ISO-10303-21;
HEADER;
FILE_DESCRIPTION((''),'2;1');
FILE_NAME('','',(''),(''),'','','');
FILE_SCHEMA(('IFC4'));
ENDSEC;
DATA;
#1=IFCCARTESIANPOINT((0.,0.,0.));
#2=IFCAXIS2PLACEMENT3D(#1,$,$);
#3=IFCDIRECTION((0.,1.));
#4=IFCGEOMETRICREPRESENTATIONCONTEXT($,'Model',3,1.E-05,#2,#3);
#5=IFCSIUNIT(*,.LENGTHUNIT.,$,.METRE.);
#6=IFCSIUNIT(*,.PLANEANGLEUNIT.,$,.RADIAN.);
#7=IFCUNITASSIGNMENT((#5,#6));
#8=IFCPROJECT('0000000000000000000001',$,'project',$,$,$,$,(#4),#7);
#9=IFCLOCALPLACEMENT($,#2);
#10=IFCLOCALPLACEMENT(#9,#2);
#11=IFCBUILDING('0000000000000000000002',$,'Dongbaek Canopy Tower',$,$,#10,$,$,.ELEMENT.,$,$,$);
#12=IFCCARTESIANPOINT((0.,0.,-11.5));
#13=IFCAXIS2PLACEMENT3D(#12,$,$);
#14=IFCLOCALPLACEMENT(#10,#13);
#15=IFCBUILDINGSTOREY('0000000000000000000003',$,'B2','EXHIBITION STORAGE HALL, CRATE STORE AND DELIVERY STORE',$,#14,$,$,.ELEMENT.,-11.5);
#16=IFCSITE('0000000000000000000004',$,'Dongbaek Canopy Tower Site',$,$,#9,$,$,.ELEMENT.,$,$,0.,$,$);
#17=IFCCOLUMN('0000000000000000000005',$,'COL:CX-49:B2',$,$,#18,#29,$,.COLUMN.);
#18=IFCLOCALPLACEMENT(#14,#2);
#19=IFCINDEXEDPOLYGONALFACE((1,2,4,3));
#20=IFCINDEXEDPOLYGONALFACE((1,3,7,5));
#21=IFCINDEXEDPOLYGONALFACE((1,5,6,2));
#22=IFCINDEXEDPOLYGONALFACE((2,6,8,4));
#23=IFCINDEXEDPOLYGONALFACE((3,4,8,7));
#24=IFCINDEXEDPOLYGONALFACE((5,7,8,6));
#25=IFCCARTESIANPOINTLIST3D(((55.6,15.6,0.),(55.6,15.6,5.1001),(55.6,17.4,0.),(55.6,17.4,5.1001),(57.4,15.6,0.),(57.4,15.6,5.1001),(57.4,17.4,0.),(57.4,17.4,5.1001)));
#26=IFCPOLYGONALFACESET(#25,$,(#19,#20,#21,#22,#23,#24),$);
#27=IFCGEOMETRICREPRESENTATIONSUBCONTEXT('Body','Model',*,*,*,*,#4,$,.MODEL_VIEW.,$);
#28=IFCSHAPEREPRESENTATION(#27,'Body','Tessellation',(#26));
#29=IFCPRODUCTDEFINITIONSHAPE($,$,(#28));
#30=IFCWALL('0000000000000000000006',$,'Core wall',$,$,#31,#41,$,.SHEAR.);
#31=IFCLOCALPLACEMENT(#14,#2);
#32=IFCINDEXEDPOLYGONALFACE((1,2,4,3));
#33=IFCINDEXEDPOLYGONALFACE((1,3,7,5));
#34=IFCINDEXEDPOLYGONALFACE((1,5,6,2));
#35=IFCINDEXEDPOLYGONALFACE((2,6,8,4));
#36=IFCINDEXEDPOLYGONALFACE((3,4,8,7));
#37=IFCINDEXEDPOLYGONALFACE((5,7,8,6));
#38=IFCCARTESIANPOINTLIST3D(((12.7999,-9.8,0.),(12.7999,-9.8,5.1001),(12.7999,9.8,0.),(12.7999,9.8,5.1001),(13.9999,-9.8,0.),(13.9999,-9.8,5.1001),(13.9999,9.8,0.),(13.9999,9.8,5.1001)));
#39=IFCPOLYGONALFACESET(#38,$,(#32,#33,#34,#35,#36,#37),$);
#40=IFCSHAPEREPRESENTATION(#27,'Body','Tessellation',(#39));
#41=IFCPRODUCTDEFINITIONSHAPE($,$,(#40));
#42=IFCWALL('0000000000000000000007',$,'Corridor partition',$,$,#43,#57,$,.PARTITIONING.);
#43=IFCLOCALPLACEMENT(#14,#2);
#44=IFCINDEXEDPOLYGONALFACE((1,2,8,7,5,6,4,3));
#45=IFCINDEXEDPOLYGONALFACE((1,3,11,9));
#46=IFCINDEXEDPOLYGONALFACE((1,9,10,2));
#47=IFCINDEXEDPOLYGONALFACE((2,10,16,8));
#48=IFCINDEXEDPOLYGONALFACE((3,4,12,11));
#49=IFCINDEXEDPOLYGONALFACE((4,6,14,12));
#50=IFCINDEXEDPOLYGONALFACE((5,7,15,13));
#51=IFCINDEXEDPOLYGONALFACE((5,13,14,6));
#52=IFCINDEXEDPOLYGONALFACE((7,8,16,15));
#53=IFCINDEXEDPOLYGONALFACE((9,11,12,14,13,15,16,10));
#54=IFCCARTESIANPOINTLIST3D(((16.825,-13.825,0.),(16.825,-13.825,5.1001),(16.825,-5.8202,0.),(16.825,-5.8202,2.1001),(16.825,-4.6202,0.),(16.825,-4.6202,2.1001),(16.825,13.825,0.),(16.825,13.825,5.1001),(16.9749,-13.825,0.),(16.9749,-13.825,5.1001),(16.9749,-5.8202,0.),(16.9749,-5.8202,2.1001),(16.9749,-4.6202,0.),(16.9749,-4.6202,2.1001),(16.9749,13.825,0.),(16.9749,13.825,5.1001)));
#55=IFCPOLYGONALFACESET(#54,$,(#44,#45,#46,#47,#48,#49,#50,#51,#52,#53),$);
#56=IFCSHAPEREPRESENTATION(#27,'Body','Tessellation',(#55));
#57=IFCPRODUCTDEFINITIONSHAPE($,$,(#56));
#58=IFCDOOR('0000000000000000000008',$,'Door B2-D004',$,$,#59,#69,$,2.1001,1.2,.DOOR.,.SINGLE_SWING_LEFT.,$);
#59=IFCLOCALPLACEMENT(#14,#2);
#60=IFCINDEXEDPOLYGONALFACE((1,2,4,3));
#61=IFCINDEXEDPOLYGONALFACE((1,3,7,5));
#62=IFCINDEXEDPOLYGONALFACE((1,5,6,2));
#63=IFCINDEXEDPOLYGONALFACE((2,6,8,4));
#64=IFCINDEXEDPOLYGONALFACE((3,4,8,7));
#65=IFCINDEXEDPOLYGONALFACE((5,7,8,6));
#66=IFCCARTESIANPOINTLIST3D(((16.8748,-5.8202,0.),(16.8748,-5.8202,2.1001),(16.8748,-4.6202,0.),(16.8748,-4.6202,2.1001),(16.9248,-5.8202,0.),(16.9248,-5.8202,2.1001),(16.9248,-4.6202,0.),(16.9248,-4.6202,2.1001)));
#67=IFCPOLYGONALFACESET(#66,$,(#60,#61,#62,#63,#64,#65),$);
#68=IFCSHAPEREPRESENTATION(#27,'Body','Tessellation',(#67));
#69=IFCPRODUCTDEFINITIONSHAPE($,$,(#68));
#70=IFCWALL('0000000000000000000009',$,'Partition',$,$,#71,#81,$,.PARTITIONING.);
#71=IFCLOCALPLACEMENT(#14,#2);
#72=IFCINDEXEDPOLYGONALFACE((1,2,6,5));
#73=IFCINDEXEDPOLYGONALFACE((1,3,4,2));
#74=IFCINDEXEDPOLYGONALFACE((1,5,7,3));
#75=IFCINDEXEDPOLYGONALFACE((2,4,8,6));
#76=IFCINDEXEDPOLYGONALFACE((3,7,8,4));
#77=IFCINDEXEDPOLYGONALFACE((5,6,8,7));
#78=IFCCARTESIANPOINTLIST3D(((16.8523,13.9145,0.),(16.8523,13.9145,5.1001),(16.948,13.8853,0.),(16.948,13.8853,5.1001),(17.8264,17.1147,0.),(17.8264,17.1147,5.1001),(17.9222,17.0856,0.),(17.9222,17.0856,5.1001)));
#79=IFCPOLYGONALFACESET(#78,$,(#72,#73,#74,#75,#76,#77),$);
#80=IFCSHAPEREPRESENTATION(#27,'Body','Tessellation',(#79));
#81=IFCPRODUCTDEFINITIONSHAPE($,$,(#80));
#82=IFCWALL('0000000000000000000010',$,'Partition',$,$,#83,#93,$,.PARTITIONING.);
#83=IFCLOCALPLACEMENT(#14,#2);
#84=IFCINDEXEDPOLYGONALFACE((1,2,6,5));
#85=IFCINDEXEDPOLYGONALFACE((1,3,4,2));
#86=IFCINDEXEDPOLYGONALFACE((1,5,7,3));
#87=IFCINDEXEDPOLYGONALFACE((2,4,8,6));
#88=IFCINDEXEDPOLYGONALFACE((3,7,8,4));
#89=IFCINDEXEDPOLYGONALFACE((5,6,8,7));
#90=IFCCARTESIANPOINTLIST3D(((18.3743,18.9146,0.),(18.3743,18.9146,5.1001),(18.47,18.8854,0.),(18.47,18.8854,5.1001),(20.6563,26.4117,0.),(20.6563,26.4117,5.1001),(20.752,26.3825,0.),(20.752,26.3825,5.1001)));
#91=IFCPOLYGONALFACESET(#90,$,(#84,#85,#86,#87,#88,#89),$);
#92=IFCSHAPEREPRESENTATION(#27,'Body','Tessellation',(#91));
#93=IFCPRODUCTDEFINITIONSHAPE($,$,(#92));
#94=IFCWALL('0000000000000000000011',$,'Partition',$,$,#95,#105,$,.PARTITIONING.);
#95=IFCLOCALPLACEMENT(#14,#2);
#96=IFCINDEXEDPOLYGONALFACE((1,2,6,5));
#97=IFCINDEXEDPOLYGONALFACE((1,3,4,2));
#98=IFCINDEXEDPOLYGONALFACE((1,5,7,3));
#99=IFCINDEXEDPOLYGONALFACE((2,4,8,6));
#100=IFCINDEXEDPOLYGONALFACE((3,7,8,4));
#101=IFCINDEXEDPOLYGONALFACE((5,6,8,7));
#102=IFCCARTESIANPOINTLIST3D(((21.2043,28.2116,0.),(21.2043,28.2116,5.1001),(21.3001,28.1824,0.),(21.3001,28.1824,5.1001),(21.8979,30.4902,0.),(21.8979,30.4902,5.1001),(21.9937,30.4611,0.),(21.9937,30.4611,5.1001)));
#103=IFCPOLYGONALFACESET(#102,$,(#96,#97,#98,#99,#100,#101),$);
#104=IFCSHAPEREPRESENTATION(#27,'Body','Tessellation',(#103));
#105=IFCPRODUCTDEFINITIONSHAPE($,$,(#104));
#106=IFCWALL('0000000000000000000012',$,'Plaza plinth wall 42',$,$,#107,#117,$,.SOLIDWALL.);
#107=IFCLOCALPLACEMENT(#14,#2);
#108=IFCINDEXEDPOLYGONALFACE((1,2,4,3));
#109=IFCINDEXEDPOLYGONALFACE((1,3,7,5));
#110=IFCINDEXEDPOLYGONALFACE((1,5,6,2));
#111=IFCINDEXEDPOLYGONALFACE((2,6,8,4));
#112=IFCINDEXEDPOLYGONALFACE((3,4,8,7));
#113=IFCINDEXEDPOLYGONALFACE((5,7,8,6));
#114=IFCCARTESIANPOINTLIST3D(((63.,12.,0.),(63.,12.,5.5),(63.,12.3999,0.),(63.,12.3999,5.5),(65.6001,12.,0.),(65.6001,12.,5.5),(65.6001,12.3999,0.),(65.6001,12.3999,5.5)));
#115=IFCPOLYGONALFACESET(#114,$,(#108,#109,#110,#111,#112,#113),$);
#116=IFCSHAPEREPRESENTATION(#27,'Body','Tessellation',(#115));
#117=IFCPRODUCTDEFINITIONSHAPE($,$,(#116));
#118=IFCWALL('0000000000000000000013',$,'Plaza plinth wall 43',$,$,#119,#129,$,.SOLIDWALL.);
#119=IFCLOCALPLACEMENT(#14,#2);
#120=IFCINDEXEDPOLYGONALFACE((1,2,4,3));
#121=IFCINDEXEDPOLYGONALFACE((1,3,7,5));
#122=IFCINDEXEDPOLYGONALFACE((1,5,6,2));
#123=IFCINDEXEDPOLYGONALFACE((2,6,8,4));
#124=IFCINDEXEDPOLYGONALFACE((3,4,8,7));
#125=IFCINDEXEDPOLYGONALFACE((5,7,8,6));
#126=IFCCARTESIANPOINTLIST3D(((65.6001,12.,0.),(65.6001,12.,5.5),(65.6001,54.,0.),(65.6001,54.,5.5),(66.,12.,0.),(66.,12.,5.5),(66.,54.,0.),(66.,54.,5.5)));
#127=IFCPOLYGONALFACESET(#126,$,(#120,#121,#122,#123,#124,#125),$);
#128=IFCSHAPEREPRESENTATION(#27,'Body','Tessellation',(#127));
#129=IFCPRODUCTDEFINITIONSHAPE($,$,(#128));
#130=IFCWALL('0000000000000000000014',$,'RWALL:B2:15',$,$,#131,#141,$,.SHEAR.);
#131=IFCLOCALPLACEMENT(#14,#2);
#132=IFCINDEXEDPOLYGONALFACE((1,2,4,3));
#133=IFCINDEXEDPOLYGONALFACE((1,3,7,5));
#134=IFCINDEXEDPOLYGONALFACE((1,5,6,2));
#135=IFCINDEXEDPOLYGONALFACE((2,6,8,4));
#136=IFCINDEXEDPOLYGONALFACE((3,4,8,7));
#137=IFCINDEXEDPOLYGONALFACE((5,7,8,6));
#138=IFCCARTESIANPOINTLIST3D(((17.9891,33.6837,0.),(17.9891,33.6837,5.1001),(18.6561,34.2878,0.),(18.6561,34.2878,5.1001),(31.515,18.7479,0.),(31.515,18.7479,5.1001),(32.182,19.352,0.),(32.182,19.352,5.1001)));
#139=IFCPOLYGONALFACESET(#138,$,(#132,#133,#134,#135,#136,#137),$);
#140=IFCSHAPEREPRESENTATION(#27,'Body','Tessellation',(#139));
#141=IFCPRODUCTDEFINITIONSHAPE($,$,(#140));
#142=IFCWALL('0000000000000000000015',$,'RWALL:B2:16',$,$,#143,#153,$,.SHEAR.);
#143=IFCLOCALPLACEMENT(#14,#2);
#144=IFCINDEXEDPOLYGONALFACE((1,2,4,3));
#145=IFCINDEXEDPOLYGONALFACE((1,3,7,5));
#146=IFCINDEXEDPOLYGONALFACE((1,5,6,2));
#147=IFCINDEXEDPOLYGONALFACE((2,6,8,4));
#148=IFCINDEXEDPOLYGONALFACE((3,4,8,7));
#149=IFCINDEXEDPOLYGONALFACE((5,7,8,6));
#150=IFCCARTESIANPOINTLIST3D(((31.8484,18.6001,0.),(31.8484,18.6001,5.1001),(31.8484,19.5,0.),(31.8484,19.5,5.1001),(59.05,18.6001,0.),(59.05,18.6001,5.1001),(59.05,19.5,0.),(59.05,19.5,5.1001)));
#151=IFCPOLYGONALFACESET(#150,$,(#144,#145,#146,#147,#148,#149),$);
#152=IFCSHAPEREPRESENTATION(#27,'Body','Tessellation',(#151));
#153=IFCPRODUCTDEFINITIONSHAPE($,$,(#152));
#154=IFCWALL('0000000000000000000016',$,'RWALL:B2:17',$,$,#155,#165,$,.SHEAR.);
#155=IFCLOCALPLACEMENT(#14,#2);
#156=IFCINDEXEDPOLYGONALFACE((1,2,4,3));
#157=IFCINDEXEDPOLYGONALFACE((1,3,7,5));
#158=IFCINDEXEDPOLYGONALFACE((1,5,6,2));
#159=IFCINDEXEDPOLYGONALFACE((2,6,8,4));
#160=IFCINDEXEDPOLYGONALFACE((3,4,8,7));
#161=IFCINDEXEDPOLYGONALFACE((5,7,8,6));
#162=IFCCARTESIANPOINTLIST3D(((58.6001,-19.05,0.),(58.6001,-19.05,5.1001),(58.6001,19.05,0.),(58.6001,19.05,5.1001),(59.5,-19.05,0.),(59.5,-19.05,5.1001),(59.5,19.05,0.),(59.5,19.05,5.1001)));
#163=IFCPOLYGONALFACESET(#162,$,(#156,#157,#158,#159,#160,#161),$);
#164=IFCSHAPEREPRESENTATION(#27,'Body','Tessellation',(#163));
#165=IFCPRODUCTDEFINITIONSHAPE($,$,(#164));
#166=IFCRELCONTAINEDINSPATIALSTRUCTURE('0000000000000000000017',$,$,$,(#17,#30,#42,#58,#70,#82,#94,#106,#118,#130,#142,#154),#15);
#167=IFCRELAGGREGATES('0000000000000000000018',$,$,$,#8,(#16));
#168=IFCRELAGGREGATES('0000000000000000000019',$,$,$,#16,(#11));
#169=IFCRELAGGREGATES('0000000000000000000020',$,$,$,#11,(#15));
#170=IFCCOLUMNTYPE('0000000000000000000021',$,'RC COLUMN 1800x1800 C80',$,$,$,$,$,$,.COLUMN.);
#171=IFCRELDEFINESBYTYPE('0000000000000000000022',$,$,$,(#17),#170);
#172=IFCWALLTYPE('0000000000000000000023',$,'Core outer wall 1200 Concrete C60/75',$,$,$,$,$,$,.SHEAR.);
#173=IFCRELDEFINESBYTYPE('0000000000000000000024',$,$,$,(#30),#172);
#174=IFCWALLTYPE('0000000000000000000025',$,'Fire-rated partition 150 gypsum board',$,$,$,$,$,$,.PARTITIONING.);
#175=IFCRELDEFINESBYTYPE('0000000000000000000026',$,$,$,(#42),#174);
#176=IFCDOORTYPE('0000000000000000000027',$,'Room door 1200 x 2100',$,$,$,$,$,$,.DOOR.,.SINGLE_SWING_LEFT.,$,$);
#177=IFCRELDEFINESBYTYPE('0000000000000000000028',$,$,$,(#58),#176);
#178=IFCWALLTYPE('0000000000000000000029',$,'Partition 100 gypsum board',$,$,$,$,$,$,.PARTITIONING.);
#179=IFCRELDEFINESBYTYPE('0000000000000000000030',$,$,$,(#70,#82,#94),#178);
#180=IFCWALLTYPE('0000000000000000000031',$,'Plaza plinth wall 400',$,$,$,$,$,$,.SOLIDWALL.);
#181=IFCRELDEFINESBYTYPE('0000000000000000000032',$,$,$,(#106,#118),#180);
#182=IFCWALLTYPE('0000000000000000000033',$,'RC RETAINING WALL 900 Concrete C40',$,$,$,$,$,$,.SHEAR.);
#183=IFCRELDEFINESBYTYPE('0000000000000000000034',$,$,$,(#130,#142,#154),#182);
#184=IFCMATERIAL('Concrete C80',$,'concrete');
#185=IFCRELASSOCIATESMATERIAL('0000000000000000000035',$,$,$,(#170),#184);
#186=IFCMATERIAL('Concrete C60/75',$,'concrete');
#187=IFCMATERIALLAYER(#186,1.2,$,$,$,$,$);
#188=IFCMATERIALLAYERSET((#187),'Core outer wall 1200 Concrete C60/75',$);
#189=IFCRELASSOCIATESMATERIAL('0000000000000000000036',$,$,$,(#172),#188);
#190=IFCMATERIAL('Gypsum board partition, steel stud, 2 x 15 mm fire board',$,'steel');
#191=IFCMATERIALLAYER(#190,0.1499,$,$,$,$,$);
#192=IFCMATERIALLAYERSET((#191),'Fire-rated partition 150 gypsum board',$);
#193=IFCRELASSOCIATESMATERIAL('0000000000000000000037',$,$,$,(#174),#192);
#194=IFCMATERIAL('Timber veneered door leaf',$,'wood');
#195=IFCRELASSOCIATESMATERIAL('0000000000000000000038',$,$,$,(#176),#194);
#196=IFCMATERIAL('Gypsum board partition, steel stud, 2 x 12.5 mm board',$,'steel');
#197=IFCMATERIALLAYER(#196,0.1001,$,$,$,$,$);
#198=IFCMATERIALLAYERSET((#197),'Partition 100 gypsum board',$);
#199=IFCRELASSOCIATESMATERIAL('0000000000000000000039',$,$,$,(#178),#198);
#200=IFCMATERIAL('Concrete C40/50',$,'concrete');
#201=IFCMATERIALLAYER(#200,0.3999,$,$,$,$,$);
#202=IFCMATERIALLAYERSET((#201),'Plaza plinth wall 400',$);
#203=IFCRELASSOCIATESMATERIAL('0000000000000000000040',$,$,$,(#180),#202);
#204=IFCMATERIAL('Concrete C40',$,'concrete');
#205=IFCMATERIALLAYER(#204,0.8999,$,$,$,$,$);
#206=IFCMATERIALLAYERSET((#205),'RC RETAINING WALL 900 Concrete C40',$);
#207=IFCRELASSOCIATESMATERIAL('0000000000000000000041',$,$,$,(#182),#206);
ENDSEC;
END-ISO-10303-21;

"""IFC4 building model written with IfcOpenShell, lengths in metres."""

from ifc_helpers import new_model, si_unit, direction, frame, frame_2d, origin, origin_2d, place, context, subcontext, project, spatial, rectangle, extrude, material, layer, layer_set, material_profile, profile_set, type_object, element, fill, save


model = new_model("IFC4")

# Units and contexts
model_context = context("Model", 3, precision=1e-05, world=origin(), true_north=direction((0.0, 1.0)))
body_context = subcontext(model_context, "Body", "Model", "MODEL_VIEW")
ifc_project = project(units=[si_unit("LENGTHUNIT", "METRE"), si_unit("PLANEANGLEUNIT", "RADIAN")], contexts=[model_context])

# Site, building, storey
site_placement = place(None, origin())
site = spatial("IfcSite", under=ifc_project, at=site_placement, Name="Dongbaek Canopy Tower Site", CompositionType="ELEMENT", RefElevation=0.0)
building_placement = place(site_placement, origin())
building = spatial("IfcBuilding", under=site, at=building_placement, Name="Dongbaek Canopy Tower", CompositionType="ELEMENT")
storey_placement = place(building_placement, frame((0.0, 0.0, -11.5)))
storey = spatial("IfcBuildingStorey", under=building, at=storey_placement, Name="B2", Description="EXHIBITION STORAGE HALL, CRATE STORE AND DELIVERY STORE", CompositionType="ELEMENT", Elevation=-11.5)

# Column
ifc_material_1 = material(Name="Concrete C80", Category="concrete")
ifc_material_profile = material_profile(ifc_material_1, rectangle(XDim=1.8, YDim=1.8, at=origin_2d()), Name="RC COLUMN 1800x1800 C80")
ifc_profile_set = profile_set([ifc_material_profile], Name="Concrete C80")
column_type = type_object("IfcColumnType", Name="RC COLUMN 1800x1800 C80", PredefinedType="COLUMN", material=ifc_profile_set)
for number, where, z_axis, x_axis, name in (
    (1, (56.5, 16.5, 0.0), (0.0, 0.0, 1.0), (1.0, 0.0, 0.0), "COL:CX-49:B2"),
):
    element("IfcColumn", number, at=place(storey_placement, frame(where, z_axis=z_axis, x_axis=x_axis)), inside=storey, type_object=column_type, Name=name, PredefinedType="COLUMN", context=body_context, shape_type="SweptSolid", body=[
        extrude(rectangle(XDim=1.8, YDim=1.8, at=origin_2d()), origin(), (0.0, 0.0, 1.0), 5.1001),
    ])

# Wall
ifc_material_2 = material(Name="Concrete C60/75", Category="concrete")
ifc_layer_1 = layer(ifc_material_2, 1.2)
ifc_layer_set_1 = layer_set([ifc_layer_1], Name="Core outer wall 1200 Concrete C60/75")
wall_type_1 = type_object("IfcWallType", Name="Core outer wall 1200 Concrete C60/75", PredefinedType="SHEAR", material=ifc_layer_set_1)
wall_1_placement = place(storey_placement, frame((13.3999, 9.8, 0.0), z_axis=(0.0, 0.0, 1.0), x_axis=(0.0, -1.0, 0.0)))
element("IfcWall", 2, at=wall_1_placement, inside=storey, type_object=wall_type_1, Name="Core wall", PredefinedType="SHEAR", context=body_context, shape_type="SweptSolid", body=[
    extrude(rectangle(XDim=19.6001, YDim=1.2, at=frame_2d((9.8, 0.0))), origin(), (0.0, 0.0, 1.0), 5.1001),
])

# Wall, opening, door
ifc_material_3 = material(Name="Gypsum board partition, steel stud, 2 x 15 mm fire board", Category="steel")
ifc_layer_2 = layer(ifc_material_3, 0.1499)
ifc_layer_set_2 = layer_set([ifc_layer_2], Name="Fire-rated partition 150 gypsum board")
wall_type_2 = type_object("IfcWallType", Name="Fire-rated partition 150 gypsum board", PredefinedType="PARTITIONING", material=ifc_layer_set_2)
wall_2_placement = place(storey_placement, frame((16.8999, 13.825, 0.0), z_axis=(0.0, 0.0, 1.0), x_axis=(0.0, -1.0, 0.0)))
wall_2 = element("IfcWall", 3, at=wall_2_placement, inside=storey, type_object=wall_type_2, Name="Corridor partition", PredefinedType="PARTITIONING", context=body_context, shape_type="SweptSolid", body=[
    extrude(rectangle(XDim=27.6499, YDim=0.1499, at=frame_2d((13.825, 0.0))), origin(), (0.0, 0.0, 1.0), 5.1001),
])
opening_placement = place(wall_2_placement, frame((18.4451, 0.0, 0.0)))
opening = element("IfcOpeningElement", 4, at=opening_placement, cuts=wall_2, PredefinedType="OPENING", context=body_context, shape_type="SweptSolid", body=[
    extrude(rectangle(XDim=1.2, YDim=2.1001, at=frame_2d((0.6001, 1.05))), frame((0.0, 0.085, 0.0), z_axis=(0.0, -1.0, 0.0), x_axis=(1.0, 0.0, 0.0)), (0.0, 0.0, 1.0), 0.1699),
])
ifc_material_4 = material(Name="Timber veneered door leaf", Category="wood")
door_type = type_object("IfcDoorType", Name="Room door 1200 x 2100", OperationType="SINGLE_SWING_LEFT", PredefinedType="DOOR", material=ifc_material_4)
door_placement = place(opening_placement, origin())
door = element("IfcDoor", 5, at=door_placement, inside=storey, type_object=door_type, Name="Door B2-D004", OperationType="SINGLE_SWING_LEFT", OverallHeight=2.1001, OverallWidth=1.2, PredefinedType="DOOR", context=body_context, shape_type="SweptSolid", body=[
    extrude(rectangle(XDim=1.2, YDim=2.1001, at=frame_2d((0.6001, 1.05))), frame((0.0, 0.0249, 0.0), z_axis=(0.0, -1.0, 0.0), x_axis=(1.0, 0.0, 0.0)), (0.0, 0.0, 1.0), 0.05),
])
fill(opening, door)

# Walls
ifc_material_5 = material(Name="Gypsum board partition, steel stud, 2 x 12.5 mm board", Category="steel")
ifc_layer_3 = layer(ifc_material_5, 0.1001)
ifc_layer_set_3 = layer_set([ifc_layer_3], Name="Partition 100 gypsum board")
wall_type_3 = type_object("IfcWallType", Name="Partition 100 gypsum board", PredefinedType="PARTITIONING", material=ifc_layer_set_3)
wall_3_placement = place(storey_placement, frame((16.9001, 13.8999, 0.0), z_axis=(0.0, 0.0, 1.0), x_axis=(0.291202, 0.956662, 0.0)))
element("IfcWall", 6, at=wall_3_placement, inside=storey, type_object=wall_type_3, Name="Partition", PredefinedType="PARTITIONING", context=body_context, shape_type="SweptSolid", body=[
    extrude(rectangle(XDim=3.3452, YDim=0.1001, at=frame_2d((1.6726, 0.0))), origin(), (0.0, 0.0, 1.0), 5.1001),
])
wall_4_placement = place(storey_placement, frame((18.4221, 18.8999, 0.0), z_axis=(0.0, 0.0, 1.0), x_axis=(0.291193, 0.956664, 0.0)))
element("IfcWall", 7, at=wall_4_placement, inside=storey, type_object=wall_type_3, Name="Partition", PredefinedType="PARTITIONING", context=body_context, shape_type="SweptSolid", body=[
    extrude(rectangle(XDim=7.8367, YDim=0.1001, at=frame_2d((3.9185, 0.0))), origin(), (0.0, 0.0, 1.0), 5.1001),
])
wall_5_placement = place(storey_placement, frame((21.2522, 28.197, 0.0), z_axis=(0.0, 0.0, 1.0), x_axis=(0.291211, 0.956659, 0.0)))
element("IfcWall", 8, at=wall_5_placement, inside=storey, type_object=wall_type_3, Name="Partition", PredefinedType="PARTITIONING", context=body_context, shape_type="SweptSolid", body=[
    extrude(rectangle(XDim=2.3818, YDim=0.1001, at=frame_2d((1.1909, 0.0))), origin(), (0.0, 0.0, 1.0), 5.1001),
])
ifc_material_6 = material(Name="Concrete C40/50", Category="concrete")
ifc_layer_4 = layer(ifc_material_6, 0.3999)
ifc_layer_set_4 = layer_set([ifc_layer_4], Name="Plaza plinth wall 400")
wall_type_4 = type_object("IfcWallType", Name="Plaza plinth wall 400", PredefinedType="SOLIDWALL", material=ifc_layer_set_4)
wall_6_placement = place(storey_placement, frame((63.0, 12.2, 0.0), z_axis=(0.0, 0.0, 1.0), x_axis=(1.0, 0.0, 0.0)))
element("IfcWall", 9, at=wall_6_placement, inside=storey, type_object=wall_type_4, Name="Plaza plinth wall 42", PredefinedType="SOLIDWALL", context=body_context, shape_type="SweptSolid", body=[
    extrude(rectangle(XDim=2.6001, YDim=0.3999, at=frame_2d((1.3, 0.0))), origin(), (0.0, 0.0, 1.0), 5.5),
])
wall_7_placement = place(storey_placement, frame((65.8, 12.0, 0.0), z_axis=(0.0, 0.0, 1.0), x_axis=(0.0, 1.0, 0.0)))
element("IfcWall", 10, at=wall_7_placement, inside=storey, type_object=wall_type_4, Name="Plaza plinth wall 43", PredefinedType="SOLIDWALL", context=body_context, shape_type="SweptSolid", body=[
    extrude(rectangle(XDim=42.0, YDim=0.3999, at=frame_2d((21.0, 0.0))), origin(), (0.0, 0.0, 1.0), 5.5),
])
ifc_material_7 = material(Name="Concrete C40", Category="concrete")
ifc_layer_5 = layer(ifc_material_7, 0.8999)
ifc_layer_set_5 = layer_set([ifc_layer_5], Name="RC RETAINING WALL 900 Concrete C40")
wall_type_5 = type_object("IfcWallType", Name="RC RETAINING WALL 900 Concrete C40", PredefinedType="SHEAR", material=ifc_layer_set_5)
wall_8_placement = place(storey_placement, frame((18.3225, 33.9858, 0.0), z_axis=(0.0, 0.0, 1.0), x_axis=(0.671256, -0.741226, 0.0)))
element("IfcWall", 11, at=wall_8_placement, inside=storey, type_object=wall_type_5, Name="RWALL:B2:15", PredefinedType="SHEAR", context=body_context, shape_type="SweptSolid", body=[
    extrude(rectangle(XDim=20.1501, YDim=0.8999, at=frame_2d((10.0752, 0.0))), origin(), (0.0, 0.0, 1.0), 5.1001),
])
wall_9_placement = place(storey_placement, frame((31.8484, 19.05, 0.0), z_axis=(0.0, 0.0, 1.0), x_axis=(1.0, 0.0, 0.0)))
element("IfcWall", 12, at=wall_9_placement, inside=storey, type_object=wall_type_5, Name="RWALL:B2:16", PredefinedType="SHEAR", context=body_context, shape_type="SweptSolid", body=[
    extrude(rectangle(XDim=27.2017, YDim=0.8999, at=frame_2d((13.6008, 0.0))), origin(), (0.0, 0.0, 1.0), 5.1001),
])
wall_10_placement = place(storey_placement, frame((59.05, 19.05, 0.0), z_axis=(0.0, 0.0, 1.0), x_axis=(0.0, -1.0, 0.0)))
element("IfcWall", 13, at=wall_10_placement, inside=storey, type_object=wall_type_5, Name="RWALL:B2:17", PredefinedType="SHEAR", context=body_context, shape_type="SweptSolid", body=[
    extrude(rectangle(XDim=38.1001, YDim=0.8999, at=frame_2d((19.05, 0.0))), origin(), (0.0, 0.0, 1.0), 5.1001),
])

save(model, "model.ifc")
